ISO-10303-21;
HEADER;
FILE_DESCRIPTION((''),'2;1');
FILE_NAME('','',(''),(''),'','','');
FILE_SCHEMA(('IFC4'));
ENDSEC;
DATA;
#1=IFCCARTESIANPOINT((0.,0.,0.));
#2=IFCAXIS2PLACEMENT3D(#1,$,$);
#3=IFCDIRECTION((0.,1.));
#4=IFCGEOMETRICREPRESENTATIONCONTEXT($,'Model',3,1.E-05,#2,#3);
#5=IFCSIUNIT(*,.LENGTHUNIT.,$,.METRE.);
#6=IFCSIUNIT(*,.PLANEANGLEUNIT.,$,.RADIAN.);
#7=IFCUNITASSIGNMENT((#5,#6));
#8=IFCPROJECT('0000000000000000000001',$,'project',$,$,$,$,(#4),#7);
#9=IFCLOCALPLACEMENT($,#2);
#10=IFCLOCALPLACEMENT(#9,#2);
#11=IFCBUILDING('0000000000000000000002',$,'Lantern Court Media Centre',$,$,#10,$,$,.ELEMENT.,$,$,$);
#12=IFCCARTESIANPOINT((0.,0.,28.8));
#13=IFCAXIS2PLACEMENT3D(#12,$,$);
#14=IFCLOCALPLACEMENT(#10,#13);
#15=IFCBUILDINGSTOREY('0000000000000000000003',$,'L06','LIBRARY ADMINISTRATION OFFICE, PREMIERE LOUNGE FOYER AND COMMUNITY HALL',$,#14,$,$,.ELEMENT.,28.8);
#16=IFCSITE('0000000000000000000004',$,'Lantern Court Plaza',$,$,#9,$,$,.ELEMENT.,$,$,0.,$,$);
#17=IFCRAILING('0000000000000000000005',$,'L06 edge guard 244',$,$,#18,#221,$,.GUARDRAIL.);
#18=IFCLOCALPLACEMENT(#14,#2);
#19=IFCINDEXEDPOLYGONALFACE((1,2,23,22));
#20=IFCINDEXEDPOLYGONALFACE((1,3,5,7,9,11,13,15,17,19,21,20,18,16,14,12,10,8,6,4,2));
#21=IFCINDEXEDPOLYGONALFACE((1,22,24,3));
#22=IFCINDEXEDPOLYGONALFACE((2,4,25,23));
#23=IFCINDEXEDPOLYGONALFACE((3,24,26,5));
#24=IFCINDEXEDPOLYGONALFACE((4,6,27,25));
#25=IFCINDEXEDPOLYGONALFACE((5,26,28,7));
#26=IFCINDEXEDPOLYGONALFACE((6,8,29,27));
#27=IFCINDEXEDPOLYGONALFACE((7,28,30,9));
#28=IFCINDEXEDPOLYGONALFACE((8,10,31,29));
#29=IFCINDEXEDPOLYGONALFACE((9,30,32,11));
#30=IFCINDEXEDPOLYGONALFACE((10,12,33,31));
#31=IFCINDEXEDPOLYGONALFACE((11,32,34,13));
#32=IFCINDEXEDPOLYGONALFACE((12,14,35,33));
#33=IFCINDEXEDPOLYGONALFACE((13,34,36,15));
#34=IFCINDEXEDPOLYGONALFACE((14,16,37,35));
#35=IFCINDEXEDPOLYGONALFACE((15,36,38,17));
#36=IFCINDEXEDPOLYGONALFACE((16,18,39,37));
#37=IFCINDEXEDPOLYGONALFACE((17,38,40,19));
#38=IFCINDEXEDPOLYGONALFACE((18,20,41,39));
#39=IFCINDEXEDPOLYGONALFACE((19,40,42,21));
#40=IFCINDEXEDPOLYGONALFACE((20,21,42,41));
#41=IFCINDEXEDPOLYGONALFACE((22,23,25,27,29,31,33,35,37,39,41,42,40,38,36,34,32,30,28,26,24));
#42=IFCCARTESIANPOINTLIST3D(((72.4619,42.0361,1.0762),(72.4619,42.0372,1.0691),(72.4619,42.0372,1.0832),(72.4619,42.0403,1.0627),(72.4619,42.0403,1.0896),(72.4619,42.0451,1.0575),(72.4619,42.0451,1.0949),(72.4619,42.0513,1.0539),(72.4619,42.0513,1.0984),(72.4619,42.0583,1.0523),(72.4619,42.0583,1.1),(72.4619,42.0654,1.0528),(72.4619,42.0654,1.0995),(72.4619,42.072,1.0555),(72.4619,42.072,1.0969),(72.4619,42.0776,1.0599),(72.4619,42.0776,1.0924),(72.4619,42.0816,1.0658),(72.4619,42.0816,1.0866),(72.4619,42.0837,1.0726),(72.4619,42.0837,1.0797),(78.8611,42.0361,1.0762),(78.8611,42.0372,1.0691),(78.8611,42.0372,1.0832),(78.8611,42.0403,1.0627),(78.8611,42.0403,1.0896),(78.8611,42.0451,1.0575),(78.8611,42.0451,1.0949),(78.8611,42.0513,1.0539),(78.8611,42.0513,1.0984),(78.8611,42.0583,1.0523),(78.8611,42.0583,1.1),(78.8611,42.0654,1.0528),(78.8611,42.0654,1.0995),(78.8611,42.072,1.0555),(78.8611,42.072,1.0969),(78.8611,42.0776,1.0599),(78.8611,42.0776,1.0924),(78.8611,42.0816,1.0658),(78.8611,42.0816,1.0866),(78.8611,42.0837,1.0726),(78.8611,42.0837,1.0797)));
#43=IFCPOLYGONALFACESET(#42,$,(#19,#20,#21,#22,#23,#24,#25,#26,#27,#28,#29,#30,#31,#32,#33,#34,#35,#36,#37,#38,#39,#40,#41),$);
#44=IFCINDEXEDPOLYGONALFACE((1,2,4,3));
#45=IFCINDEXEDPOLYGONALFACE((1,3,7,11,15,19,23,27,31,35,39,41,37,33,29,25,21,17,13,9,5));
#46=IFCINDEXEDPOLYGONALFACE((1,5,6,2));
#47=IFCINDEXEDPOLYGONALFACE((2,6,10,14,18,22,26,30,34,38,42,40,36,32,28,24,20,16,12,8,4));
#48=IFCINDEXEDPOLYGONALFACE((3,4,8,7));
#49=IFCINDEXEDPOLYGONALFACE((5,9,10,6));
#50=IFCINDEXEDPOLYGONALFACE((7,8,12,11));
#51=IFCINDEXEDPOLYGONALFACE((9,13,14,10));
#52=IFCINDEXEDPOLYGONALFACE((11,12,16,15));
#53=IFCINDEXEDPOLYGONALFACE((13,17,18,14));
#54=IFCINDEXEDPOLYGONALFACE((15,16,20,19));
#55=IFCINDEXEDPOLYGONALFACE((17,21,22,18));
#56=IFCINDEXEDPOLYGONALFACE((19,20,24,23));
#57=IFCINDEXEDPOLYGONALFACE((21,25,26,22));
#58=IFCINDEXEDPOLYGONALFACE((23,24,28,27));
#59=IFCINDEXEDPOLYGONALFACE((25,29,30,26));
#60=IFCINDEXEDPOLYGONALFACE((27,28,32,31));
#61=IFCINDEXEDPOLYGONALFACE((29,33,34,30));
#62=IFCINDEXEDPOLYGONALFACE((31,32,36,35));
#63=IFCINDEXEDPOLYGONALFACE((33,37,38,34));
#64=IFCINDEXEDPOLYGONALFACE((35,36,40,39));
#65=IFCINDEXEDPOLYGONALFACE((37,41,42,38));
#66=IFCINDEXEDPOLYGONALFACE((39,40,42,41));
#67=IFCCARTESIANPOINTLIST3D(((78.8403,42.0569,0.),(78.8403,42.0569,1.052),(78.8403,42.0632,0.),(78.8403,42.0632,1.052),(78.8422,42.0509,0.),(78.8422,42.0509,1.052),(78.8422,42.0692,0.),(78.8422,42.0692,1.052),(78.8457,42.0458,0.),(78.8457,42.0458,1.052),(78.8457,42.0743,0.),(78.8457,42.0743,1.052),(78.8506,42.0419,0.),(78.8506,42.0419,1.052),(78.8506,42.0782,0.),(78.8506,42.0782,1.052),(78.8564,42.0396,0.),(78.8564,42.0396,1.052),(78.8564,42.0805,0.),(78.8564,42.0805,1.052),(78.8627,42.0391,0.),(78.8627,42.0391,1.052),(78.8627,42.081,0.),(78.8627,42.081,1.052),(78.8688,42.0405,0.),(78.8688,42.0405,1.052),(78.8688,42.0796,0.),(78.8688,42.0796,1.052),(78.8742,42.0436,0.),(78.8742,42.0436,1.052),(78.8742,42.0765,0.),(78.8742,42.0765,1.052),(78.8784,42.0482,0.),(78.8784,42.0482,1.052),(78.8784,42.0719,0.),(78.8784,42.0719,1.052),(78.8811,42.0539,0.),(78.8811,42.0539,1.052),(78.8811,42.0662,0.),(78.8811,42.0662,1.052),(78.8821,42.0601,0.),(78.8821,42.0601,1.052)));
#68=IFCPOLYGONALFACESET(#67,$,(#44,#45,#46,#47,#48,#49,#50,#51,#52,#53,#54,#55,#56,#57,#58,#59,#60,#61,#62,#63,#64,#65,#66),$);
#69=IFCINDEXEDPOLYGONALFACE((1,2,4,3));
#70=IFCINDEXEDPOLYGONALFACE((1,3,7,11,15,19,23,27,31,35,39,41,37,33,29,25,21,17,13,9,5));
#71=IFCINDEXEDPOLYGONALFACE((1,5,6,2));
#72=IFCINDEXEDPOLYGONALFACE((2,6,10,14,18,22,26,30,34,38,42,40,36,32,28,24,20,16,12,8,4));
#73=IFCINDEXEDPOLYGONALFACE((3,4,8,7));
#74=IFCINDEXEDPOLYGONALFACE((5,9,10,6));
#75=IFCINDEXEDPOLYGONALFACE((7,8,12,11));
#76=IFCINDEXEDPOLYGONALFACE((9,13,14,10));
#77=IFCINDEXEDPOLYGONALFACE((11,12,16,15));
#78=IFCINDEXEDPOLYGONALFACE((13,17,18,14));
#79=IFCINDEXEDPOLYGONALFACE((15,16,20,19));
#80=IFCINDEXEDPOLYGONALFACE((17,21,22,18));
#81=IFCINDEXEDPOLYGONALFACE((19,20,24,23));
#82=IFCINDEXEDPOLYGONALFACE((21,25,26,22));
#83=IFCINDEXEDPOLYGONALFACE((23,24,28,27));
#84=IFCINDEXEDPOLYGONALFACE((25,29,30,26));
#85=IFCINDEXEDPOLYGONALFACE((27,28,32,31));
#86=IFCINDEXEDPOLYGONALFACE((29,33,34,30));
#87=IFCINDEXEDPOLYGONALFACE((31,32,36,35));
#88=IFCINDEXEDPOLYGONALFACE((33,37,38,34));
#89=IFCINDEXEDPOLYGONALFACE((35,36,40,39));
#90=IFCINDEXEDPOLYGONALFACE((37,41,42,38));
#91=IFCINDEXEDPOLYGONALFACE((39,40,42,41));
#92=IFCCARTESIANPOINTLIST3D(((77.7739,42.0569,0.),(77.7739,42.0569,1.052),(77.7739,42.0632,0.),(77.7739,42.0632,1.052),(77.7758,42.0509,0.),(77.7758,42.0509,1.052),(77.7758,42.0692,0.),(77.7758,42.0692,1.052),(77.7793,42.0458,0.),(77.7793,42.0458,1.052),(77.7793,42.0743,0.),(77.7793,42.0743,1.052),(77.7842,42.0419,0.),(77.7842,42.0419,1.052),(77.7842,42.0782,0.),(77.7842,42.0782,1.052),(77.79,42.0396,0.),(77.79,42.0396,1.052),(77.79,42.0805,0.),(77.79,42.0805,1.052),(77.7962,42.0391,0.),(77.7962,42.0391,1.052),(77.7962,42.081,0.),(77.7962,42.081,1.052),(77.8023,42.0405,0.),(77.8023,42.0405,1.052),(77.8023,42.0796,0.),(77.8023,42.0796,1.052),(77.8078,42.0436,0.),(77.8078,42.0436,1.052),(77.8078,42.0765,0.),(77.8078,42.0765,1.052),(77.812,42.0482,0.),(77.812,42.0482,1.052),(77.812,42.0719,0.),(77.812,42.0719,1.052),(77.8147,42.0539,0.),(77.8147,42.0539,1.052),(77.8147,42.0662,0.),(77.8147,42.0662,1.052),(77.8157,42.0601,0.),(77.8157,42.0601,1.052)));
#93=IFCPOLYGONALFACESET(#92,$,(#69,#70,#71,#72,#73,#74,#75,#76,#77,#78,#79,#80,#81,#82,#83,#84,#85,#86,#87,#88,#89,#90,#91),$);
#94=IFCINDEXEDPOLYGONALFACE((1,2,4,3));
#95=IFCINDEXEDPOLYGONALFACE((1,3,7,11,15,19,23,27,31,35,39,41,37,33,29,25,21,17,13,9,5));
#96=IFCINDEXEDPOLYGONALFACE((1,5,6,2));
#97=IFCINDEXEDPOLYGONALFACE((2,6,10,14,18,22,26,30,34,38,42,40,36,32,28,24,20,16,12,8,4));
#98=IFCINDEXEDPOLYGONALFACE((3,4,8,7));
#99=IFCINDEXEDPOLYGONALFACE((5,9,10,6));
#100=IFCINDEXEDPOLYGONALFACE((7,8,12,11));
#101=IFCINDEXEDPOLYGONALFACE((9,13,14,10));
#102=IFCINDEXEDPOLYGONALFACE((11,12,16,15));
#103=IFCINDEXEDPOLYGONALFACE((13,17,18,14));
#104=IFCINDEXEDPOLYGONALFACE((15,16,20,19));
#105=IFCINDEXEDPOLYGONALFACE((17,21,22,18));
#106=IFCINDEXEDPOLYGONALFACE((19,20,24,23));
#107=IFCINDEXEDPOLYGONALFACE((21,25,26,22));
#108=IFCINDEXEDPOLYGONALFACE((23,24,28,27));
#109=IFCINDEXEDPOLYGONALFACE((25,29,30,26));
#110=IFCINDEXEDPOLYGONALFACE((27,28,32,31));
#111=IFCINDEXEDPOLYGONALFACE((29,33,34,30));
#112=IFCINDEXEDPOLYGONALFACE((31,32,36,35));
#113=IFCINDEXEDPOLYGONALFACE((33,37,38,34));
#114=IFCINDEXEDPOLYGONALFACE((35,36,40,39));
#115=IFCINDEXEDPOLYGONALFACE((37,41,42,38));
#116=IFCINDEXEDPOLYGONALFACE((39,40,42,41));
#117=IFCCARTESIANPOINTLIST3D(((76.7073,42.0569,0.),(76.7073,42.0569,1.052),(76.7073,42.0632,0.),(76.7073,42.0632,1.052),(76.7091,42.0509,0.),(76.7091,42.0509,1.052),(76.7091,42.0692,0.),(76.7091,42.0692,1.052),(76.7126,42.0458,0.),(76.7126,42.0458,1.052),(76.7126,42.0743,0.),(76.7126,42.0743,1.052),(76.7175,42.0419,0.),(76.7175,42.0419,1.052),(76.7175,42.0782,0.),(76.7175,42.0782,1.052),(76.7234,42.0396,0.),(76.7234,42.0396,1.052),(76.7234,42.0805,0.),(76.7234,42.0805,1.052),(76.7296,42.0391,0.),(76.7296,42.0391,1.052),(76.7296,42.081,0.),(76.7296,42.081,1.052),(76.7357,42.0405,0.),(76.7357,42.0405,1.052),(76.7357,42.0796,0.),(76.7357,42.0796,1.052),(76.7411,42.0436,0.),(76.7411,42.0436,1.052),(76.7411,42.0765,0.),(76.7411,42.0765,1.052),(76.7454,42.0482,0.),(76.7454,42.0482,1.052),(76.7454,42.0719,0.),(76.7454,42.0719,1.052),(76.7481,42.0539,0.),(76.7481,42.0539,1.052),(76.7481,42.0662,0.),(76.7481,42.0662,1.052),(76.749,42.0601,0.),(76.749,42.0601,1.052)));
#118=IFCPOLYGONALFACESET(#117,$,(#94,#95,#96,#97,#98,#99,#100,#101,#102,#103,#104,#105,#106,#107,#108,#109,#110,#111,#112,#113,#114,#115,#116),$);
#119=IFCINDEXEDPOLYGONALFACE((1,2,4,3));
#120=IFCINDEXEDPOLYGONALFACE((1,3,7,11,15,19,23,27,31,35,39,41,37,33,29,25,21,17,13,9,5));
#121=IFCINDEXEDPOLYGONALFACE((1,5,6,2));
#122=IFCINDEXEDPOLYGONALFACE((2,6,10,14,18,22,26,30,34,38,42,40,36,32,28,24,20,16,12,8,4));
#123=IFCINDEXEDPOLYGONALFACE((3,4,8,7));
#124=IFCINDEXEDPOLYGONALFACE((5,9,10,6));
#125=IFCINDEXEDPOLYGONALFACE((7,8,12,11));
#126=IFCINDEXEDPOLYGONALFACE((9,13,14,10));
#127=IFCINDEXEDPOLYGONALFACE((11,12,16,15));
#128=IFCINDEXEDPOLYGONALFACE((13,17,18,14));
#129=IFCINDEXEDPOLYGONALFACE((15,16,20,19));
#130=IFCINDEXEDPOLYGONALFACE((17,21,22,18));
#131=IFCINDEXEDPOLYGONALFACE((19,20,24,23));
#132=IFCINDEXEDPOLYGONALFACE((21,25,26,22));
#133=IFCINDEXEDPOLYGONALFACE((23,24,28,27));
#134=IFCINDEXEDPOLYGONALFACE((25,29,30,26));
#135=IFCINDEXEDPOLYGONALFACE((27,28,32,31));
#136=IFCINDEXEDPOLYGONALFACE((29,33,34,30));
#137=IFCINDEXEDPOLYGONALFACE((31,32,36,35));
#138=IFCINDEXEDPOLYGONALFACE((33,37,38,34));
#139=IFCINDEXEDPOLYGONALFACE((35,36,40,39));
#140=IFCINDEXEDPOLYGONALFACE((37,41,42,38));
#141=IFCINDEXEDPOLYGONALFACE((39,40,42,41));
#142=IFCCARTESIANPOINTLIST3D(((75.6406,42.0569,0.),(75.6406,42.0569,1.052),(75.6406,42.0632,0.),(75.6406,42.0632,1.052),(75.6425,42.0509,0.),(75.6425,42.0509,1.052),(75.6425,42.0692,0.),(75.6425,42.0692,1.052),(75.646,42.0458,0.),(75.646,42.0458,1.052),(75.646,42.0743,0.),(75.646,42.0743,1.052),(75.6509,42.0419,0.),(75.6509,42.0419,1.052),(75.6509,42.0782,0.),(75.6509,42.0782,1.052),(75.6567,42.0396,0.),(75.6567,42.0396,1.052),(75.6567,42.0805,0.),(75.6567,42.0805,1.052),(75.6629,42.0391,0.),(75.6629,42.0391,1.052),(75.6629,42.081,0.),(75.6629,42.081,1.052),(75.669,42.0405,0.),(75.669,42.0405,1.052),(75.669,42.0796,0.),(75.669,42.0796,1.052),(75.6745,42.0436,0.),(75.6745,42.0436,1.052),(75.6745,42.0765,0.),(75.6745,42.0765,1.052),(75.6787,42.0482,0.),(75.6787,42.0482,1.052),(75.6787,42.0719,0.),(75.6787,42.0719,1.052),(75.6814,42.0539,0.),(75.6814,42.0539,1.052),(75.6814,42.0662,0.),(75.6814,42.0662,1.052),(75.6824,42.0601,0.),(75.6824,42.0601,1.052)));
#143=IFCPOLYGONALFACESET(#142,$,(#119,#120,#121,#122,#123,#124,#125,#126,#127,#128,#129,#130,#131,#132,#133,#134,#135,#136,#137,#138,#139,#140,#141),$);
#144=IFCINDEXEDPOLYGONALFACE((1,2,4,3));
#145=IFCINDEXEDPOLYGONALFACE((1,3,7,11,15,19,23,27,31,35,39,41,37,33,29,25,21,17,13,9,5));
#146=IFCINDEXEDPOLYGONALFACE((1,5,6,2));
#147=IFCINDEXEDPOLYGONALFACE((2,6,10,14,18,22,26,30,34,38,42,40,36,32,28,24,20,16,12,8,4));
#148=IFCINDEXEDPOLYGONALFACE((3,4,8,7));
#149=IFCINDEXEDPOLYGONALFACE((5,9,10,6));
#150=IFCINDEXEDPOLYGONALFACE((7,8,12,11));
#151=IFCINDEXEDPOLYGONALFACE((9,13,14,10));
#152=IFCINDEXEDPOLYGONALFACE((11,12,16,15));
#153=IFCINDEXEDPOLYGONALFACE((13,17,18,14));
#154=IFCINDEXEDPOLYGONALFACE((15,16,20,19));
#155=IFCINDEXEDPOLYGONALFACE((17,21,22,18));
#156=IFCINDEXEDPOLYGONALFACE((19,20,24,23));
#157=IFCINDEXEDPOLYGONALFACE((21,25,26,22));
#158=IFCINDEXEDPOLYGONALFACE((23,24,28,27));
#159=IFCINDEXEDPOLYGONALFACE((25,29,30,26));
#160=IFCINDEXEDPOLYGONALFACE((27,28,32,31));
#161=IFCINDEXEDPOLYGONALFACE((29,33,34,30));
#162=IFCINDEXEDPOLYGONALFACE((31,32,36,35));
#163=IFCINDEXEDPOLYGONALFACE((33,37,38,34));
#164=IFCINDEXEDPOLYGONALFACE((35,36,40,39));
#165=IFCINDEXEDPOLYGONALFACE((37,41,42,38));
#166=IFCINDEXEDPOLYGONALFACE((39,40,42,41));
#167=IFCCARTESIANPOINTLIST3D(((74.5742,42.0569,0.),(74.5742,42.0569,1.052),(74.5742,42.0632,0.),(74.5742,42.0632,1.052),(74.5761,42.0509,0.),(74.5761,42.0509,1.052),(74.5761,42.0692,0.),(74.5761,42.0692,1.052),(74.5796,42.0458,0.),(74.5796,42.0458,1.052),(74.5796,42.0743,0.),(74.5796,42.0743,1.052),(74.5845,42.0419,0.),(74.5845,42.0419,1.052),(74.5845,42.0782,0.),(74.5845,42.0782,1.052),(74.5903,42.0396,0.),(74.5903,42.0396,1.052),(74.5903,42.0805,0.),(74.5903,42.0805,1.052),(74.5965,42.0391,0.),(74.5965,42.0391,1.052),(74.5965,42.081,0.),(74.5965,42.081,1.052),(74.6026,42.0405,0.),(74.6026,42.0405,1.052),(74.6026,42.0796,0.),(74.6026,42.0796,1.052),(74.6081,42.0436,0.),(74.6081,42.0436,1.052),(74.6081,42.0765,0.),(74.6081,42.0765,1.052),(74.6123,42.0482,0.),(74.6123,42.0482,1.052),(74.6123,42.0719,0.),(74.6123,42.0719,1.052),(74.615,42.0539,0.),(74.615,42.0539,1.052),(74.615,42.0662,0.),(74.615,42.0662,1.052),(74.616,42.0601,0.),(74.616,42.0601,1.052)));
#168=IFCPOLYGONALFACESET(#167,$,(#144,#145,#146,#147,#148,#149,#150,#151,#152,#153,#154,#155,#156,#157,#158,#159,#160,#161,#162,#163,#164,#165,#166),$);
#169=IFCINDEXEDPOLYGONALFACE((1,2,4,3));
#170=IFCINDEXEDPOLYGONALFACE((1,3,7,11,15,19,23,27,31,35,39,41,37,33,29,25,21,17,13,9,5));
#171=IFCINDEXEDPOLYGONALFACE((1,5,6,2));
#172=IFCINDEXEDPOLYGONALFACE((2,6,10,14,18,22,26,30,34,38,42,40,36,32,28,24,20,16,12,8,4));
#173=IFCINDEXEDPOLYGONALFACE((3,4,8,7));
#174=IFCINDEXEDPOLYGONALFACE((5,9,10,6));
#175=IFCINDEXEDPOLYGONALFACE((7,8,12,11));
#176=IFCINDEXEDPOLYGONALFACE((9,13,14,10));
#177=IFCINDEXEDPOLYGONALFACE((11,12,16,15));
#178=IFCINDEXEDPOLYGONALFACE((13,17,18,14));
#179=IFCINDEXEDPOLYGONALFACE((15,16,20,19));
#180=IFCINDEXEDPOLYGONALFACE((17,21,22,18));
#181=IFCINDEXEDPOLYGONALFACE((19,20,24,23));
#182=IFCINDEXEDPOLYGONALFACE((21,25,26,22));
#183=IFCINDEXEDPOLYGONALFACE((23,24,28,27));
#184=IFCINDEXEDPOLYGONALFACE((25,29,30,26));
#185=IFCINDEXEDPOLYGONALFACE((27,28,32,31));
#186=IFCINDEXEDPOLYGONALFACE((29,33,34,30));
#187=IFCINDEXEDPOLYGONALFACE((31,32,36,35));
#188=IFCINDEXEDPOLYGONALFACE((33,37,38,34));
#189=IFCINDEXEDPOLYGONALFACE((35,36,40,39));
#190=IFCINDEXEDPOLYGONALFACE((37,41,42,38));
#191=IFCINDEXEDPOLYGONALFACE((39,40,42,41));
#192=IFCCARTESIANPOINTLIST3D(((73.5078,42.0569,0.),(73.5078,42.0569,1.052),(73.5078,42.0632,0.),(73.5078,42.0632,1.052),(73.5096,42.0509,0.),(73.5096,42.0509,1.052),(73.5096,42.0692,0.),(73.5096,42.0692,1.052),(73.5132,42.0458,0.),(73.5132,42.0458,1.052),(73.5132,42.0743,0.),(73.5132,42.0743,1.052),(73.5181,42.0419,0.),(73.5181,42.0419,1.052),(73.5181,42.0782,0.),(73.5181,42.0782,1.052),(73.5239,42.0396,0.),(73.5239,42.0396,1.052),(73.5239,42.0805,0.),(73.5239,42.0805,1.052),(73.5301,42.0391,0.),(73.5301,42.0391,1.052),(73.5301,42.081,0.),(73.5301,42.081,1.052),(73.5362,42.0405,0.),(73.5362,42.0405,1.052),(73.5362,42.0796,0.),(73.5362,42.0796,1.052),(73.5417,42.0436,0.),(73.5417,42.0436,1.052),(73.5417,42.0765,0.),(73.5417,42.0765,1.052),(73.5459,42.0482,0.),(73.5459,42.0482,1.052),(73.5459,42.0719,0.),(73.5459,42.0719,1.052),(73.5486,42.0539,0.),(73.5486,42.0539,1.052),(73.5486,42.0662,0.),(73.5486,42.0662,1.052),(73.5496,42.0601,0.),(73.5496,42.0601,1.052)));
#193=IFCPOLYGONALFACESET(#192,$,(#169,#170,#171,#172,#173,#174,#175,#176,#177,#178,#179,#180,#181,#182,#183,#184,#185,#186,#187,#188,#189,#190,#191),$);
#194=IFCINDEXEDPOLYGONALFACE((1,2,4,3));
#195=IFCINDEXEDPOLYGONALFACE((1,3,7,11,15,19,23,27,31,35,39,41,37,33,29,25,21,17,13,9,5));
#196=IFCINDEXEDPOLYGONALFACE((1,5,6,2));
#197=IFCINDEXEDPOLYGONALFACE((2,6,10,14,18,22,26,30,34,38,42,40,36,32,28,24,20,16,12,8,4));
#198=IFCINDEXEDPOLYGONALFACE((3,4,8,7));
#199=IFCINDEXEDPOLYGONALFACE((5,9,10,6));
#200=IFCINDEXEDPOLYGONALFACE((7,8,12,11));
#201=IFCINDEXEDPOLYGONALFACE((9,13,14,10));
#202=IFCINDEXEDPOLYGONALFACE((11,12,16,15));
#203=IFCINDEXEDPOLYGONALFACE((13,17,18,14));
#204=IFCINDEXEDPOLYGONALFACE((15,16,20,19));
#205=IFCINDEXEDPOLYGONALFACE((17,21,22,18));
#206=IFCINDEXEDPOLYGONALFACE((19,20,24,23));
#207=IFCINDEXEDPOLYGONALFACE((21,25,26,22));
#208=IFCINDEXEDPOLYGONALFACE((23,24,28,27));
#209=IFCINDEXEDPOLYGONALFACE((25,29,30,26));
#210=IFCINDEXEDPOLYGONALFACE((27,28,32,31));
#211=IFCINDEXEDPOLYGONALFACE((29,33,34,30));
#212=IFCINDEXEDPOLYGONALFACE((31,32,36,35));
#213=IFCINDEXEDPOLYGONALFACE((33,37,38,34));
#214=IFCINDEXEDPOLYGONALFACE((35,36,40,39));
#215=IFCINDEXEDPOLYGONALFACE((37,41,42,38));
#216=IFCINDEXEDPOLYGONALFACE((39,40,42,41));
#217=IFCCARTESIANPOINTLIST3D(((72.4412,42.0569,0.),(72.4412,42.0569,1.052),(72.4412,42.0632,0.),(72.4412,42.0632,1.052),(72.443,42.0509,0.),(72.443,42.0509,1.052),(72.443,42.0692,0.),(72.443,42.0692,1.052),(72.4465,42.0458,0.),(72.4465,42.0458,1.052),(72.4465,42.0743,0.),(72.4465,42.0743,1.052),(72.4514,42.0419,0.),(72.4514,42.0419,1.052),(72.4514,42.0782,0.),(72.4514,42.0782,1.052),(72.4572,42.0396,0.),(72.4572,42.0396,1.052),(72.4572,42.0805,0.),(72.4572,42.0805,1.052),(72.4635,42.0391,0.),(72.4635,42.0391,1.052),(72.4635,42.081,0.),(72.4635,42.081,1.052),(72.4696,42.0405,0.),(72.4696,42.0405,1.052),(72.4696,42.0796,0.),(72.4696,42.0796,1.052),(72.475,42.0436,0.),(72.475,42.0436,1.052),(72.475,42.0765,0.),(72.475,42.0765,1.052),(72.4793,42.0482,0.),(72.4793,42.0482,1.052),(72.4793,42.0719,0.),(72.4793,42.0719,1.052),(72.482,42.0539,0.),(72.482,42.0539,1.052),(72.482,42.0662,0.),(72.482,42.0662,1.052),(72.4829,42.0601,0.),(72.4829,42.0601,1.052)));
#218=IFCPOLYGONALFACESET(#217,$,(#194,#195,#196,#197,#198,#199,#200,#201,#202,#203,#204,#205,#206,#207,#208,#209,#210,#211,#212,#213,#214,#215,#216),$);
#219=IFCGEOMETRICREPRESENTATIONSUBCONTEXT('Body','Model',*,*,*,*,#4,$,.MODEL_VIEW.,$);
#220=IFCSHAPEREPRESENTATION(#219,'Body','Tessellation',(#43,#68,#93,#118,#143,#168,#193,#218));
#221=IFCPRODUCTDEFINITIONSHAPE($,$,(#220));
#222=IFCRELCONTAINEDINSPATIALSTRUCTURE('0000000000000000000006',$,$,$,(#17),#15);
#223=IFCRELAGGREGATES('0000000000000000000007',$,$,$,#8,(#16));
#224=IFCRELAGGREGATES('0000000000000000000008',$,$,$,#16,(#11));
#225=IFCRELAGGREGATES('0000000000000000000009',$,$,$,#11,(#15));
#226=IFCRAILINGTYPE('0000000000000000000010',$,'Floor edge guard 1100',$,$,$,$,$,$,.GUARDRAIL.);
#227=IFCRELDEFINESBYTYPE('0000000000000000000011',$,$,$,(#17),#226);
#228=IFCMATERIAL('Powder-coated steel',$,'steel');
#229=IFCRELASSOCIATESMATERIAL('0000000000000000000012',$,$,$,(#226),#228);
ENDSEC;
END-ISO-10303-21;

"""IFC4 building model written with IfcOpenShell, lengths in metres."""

from ifc_helpers import new_model, si_unit, direction, frame, origin, origin_2d, place, context, subcontext, project, spatial, circle, extrude, material, type_object, element, save


model = new_model("IFC4")

# Units and contexts
model_context = context("Model", 3, precision=1e-05, world=origin(), true_north=direction((0.0, 1.0)))
body_context = subcontext(model_context, "Body", "Model", "MODEL_VIEW")
ifc_project = project(units=[si_unit("LENGTHUNIT", "METRE"), si_unit("PLANEANGLEUNIT", "RADIAN")], contexts=[model_context])

# Site, building, storey
site_placement = place(None, origin())
site = spatial("IfcSite", under=ifc_project, at=site_placement, Name="Lantern Court Plaza", CompositionType="ELEMENT", RefElevation=0.0)
building_placement = place(site_placement, origin())
building = spatial("IfcBuilding", under=site, at=building_placement, Name="Lantern Court Media Centre", CompositionType="ELEMENT")
storey_placement = place(building_placement, frame((0.0, 0.0, 28.8)))
storey = spatial("IfcBuildingStorey", under=building, at=storey_placement, Name="L06", Description="LIBRARY ADMINISTRATION OFFICE, PREMIERE LOUNGE FOYER AND COMMUNITY HALL", CompositionType="ELEMENT", Elevation=28.8)

# Railing
ifc_material_1 = material(Name="Powder-coated steel", Category="steel")
railing_type = type_object("IfcRailingType", Name="Floor edge guard 1100", PredefinedType="GUARDRAIL", material=ifc_material_1)
railing_placement = place(storey_placement, frame((78.8611, 42.0601, 0.0)))
element("IfcRailing", 1, at=railing_placement, inside=storey, type_object=railing_type, Name="L06 edge guard 244", PredefinedType="GUARDRAIL", context=body_context, shape_type="SweptSolid", body=[
    extrude(circle(Radius=0.0239, at=origin_2d()), frame((0.0, 0.0, 1.0762), z_axis=(-1.0, 0.0, 0.0), x_axis=(0.0, -1.0, 0.0)), (0.0, 0.0, 1.0), 6.3992),
    extrude(circle(Radius=0.021, at=origin_2d()), origin(), (0.0, 0.0, 1.0), 1.052),
    extrude(circle(Radius=0.021, at=origin_2d()), frame((-1.0664, 0.0, 0.0)), (0.0, 0.0, 1.0), 1.052),
    extrude(circle(Radius=0.021, at=origin_2d()), frame((-2.1331, 0.0, 0.0)), (0.0, 0.0, 1.0), 1.052),
    extrude(circle(Radius=0.021, at=origin_2d()), frame((-3.1997, 0.0, 0.0)), (0.0, 0.0, 1.0), 1.052),
    extrude(circle(Radius=0.021, at=origin_2d()), frame((-4.2661, 0.0, 0.0)), (0.0, 0.0, 1.0), 1.052),
    extrude(circle(Radius=0.021, at=origin_2d()), frame((-5.3325, 0.0, 0.0)), (0.0, 0.0, 1.0), 1.052),
    extrude(circle(Radius=0.021, at=origin_2d()), frame((-6.3992, 0.0, 0.0)), (0.0, 0.0, 1.0), 1.052),
])

save(model, "model.ifc")
